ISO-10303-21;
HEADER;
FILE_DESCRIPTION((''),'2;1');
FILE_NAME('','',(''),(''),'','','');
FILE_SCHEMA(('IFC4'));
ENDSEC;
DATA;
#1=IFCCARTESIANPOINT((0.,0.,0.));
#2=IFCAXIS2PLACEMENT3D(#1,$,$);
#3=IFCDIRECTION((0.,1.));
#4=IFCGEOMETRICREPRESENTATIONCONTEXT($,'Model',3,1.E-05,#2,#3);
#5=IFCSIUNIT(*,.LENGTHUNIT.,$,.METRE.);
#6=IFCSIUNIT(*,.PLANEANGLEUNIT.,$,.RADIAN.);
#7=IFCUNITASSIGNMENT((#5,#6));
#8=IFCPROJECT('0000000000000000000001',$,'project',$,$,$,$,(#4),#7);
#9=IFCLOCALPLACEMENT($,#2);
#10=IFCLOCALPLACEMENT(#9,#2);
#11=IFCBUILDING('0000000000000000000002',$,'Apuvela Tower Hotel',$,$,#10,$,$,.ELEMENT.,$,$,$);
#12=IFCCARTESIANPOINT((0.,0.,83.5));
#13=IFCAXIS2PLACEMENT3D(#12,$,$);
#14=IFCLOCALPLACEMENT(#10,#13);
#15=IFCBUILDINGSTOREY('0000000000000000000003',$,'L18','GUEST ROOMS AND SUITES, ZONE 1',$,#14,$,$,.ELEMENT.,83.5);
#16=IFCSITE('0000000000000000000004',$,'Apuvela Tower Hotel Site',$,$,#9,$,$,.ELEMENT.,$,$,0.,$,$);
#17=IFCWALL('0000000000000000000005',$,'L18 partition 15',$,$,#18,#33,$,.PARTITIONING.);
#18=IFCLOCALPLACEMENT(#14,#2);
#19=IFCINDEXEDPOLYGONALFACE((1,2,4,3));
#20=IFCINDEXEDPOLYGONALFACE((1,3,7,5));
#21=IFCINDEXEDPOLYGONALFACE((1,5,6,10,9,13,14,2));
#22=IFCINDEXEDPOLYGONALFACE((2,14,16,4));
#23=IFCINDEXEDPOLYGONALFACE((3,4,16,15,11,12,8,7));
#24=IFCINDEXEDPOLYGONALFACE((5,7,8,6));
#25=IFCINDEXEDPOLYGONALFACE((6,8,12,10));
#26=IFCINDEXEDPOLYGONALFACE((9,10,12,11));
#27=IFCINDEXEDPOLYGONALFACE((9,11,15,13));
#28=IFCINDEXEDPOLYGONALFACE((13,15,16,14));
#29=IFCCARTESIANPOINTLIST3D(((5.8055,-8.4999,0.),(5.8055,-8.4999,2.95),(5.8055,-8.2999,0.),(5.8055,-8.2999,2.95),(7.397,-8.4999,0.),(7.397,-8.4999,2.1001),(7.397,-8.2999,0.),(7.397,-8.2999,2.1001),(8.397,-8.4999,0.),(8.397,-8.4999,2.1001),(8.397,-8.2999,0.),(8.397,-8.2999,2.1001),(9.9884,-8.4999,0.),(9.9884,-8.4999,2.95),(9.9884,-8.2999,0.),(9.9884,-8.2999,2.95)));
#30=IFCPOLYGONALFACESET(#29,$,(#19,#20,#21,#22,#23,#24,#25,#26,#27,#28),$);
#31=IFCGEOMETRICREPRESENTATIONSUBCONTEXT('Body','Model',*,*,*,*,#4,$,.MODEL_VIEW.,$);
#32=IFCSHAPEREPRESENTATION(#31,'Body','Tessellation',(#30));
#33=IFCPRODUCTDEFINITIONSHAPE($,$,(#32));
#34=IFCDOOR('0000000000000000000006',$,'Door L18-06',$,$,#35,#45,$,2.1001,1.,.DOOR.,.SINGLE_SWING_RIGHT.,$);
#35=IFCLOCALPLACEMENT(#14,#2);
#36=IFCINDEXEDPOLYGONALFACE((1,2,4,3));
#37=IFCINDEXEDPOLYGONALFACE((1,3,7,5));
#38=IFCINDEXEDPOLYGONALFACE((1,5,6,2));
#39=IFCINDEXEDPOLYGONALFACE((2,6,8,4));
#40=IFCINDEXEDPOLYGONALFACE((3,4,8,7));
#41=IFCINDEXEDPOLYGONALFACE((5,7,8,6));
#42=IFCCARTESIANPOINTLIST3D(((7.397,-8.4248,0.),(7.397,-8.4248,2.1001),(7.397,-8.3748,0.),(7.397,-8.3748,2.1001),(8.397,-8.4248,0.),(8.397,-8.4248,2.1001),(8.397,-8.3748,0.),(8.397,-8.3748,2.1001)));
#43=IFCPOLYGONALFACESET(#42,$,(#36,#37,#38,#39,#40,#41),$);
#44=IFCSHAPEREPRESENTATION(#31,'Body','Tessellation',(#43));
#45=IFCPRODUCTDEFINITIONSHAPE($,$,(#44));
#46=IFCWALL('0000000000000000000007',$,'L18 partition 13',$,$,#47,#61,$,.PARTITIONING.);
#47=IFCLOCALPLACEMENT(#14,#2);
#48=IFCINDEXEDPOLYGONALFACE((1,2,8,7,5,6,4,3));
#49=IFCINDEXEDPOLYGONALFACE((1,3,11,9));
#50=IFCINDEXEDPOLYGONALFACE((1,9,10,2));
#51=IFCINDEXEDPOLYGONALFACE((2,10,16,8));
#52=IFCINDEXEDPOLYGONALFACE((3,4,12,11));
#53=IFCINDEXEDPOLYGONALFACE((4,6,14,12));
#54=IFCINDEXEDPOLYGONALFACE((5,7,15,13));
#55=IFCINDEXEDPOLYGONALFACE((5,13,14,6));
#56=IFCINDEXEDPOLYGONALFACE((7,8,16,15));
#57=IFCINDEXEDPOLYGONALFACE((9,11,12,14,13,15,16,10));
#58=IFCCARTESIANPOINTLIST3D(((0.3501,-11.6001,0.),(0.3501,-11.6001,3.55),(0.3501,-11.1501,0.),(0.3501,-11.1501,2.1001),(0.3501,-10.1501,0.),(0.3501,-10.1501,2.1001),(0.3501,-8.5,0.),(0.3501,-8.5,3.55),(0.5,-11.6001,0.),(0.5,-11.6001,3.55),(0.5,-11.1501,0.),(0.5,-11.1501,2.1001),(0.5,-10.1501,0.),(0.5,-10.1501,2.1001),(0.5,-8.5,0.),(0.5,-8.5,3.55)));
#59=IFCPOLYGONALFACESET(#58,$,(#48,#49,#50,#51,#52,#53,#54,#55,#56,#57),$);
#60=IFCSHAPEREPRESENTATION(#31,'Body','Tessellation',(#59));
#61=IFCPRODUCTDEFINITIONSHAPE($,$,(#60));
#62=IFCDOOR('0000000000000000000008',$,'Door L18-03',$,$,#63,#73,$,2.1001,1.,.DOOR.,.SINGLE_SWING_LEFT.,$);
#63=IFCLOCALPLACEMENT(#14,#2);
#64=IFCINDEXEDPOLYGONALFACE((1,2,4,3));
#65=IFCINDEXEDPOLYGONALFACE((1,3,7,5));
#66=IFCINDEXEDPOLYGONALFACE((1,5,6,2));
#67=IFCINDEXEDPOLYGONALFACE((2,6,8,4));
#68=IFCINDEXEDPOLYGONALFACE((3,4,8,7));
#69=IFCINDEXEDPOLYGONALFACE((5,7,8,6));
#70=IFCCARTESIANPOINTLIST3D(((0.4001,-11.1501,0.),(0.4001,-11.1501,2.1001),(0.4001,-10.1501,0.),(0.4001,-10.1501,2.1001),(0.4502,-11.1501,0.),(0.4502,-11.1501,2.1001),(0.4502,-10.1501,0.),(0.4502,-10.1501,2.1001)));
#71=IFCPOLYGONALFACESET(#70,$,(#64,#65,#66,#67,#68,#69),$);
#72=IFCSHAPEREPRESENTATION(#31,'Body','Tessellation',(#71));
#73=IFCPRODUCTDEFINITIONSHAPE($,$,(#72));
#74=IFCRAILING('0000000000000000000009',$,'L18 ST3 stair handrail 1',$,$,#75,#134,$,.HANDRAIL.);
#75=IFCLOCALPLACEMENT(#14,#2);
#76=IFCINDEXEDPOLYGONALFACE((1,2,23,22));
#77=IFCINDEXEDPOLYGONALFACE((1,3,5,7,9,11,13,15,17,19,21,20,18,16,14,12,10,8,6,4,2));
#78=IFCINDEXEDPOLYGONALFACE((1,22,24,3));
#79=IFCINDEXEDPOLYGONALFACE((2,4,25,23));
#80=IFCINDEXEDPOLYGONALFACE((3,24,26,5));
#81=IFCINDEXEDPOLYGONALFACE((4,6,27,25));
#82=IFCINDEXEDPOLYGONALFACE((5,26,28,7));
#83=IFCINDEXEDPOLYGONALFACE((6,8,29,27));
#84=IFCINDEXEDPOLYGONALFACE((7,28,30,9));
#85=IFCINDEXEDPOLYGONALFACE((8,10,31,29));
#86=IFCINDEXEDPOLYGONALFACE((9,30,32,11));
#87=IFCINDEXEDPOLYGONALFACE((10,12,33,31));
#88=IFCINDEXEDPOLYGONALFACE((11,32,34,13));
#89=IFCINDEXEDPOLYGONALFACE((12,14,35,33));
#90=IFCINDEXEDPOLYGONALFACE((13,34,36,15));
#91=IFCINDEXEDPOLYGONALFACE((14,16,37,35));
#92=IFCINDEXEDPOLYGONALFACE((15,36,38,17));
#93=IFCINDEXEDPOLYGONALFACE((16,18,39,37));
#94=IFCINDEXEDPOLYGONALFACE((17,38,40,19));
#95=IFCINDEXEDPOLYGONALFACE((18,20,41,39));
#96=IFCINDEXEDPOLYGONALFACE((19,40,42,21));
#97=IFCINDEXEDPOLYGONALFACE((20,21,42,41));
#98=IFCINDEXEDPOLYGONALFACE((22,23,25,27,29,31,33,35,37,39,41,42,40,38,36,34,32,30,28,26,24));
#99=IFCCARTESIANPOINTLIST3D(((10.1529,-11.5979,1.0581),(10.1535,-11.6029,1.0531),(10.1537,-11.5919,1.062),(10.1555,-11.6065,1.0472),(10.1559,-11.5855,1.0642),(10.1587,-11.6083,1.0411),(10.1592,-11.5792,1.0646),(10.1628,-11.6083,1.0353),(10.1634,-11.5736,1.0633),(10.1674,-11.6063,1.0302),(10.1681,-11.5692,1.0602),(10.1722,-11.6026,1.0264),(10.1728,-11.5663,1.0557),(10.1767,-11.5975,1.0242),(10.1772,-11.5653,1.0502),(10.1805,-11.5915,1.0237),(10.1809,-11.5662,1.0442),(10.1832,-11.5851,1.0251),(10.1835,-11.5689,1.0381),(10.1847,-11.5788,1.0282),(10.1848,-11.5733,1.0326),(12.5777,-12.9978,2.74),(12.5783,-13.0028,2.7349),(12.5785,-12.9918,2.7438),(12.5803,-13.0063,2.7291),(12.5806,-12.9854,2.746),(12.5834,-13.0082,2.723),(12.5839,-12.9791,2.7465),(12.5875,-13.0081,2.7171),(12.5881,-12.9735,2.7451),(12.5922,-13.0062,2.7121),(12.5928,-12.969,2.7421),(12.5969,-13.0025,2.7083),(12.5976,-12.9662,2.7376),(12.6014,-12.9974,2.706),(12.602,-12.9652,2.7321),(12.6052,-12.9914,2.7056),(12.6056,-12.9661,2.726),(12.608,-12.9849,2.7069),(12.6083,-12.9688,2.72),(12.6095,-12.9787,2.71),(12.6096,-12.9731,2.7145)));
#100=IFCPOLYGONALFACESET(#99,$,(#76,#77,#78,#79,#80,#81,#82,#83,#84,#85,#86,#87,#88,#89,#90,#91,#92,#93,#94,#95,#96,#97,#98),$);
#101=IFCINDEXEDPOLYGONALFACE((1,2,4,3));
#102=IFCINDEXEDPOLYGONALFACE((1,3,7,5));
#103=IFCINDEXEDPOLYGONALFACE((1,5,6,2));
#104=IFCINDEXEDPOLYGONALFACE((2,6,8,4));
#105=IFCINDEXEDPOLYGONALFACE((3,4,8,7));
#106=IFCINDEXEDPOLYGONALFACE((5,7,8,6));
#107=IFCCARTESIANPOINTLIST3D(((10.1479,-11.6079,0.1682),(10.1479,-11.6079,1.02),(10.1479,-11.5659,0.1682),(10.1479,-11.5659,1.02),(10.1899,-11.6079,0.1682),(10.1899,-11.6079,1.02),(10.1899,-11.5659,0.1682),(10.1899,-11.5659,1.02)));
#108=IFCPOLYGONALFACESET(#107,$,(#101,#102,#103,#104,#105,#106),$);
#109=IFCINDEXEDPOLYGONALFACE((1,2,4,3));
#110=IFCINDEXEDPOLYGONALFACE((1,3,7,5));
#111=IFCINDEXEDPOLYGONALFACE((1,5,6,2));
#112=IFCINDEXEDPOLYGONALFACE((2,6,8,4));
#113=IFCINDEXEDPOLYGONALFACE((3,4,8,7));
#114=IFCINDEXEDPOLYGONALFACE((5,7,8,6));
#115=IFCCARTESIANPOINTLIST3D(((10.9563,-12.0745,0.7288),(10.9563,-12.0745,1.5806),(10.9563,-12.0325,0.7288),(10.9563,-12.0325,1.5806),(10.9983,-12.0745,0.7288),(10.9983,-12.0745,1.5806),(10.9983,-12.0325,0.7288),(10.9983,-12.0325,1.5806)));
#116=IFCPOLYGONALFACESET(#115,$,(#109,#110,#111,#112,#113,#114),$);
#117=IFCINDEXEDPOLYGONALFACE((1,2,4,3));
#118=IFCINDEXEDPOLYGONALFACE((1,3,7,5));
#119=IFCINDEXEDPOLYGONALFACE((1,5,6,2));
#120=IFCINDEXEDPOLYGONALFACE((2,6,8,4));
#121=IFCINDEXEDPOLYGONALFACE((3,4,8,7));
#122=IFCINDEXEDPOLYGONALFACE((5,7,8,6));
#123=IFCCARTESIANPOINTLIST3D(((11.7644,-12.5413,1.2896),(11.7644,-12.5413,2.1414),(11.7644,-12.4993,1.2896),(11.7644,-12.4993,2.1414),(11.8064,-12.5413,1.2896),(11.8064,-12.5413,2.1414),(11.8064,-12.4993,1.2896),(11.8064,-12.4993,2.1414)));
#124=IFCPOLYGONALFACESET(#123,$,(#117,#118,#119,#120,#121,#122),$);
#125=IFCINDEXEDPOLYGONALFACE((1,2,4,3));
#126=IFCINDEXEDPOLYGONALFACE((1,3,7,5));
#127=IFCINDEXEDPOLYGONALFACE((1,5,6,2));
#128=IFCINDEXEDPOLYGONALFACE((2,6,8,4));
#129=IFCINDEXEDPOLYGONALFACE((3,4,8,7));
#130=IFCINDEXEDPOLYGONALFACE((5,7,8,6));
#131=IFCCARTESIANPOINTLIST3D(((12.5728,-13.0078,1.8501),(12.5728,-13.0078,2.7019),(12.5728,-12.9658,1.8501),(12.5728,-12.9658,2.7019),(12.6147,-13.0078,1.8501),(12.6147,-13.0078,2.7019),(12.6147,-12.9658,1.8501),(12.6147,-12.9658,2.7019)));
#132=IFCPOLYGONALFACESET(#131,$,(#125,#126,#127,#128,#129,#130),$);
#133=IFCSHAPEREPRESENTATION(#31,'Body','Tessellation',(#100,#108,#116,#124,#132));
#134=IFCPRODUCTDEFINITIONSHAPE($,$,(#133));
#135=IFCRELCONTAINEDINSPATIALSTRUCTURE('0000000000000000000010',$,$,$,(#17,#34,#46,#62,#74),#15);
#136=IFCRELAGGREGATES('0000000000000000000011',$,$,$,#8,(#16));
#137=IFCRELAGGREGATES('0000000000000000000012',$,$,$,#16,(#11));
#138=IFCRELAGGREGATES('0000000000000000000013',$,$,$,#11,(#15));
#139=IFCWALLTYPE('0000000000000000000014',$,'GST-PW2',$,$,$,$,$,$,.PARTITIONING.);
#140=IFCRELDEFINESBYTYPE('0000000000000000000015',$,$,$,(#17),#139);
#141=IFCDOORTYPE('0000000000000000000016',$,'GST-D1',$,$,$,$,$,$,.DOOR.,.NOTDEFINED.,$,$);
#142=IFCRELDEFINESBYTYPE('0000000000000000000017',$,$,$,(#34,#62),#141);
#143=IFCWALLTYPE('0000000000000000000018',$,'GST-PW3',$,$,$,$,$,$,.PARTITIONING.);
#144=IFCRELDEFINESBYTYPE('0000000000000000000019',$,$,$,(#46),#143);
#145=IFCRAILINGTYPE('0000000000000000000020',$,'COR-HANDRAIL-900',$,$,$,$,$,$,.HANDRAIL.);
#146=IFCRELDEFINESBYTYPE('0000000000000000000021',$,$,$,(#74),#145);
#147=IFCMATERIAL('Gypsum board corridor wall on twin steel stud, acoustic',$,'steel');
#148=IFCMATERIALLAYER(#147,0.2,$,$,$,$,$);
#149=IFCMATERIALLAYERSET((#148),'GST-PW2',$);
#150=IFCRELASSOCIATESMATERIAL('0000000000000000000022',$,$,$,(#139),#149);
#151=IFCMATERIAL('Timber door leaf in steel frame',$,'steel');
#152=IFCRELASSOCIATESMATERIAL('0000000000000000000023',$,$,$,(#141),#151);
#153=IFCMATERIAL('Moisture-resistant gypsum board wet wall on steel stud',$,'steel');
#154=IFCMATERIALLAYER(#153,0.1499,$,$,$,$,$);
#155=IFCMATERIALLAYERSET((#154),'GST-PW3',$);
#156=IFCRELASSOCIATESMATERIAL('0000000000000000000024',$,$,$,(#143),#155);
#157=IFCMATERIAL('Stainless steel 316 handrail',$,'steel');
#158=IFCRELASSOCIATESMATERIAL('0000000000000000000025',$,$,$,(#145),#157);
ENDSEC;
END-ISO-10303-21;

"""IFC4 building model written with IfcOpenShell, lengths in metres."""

from ifc_helpers import new_model, si_unit, direction, frame, frame_2d, origin, origin_2d, place, context, subcontext, project, spatial, rectangle, circle, extrude, material, layer, layer_set, type_object, element, fill, save


model = new_model("IFC4")

# Units and contexts
model_context = context("Model", 3, precision=1e-05, world=origin(), true_north=direction((0.0, 1.0)))
body_context = subcontext(model_context, "Body", "Model", "MODEL_VIEW")
ifc_project = project(units=[si_unit("LENGTHUNIT", "METRE"), si_unit("PLANEANGLEUNIT", "RADIAN")], contexts=[model_context])

# Site, building, storey
site_placement = place(None, origin())
site = spatial("IfcSite", under=ifc_project, at=site_placement, Name="Apuvela Tower Hotel Site", CompositionType="ELEMENT", RefElevation=0.0)
building_placement = place(site_placement, origin())
building = spatial("IfcBuilding", under=site, at=building_placement, Name="Apuvela Tower Hotel", CompositionType="ELEMENT")
storey_placement = place(building_placement, frame((0.0, 0.0, 83.5)))
storey = spatial("IfcBuildingStorey", under=building, at=storey_placement, Name="L18", Description="GUEST ROOMS AND SUITES, ZONE 1", CompositionType="ELEMENT", Elevation=83.5)

# Walls, openings, doors
ifc_material_1 = material(Name="Gypsum board corridor wall on twin steel stud, acoustic", Category="steel")
ifc_layer_1 = layer(ifc_material_1, 0.2)
ifc_layer_set_1 = layer_set([ifc_layer_1], Name="GST-PW2")
wall_type_1 = type_object("IfcWallType", Name="GST-PW2", PredefinedType="PARTITIONING", material=ifc_layer_set_1)
ifc_material_2 = material(Name="Timber door leaf in steel frame", Category="steel")
door_type_1 = type_object("IfcDoorType", Name="GST-D1", OperationType="NOTDEFINED", PredefinedType="DOOR", material=ifc_material_2)
wall_1_placement = place(storey_placement, frame((9.9883, -8.3999, 0.0), z_axis=(0.0, 0.0, 1.0), x_axis=(-1.0, 0.0, 0.0)))
wall_1 = element("IfcWall", 1, at=wall_1_placement, inside=storey, type_object=wall_type_1, Name="L18 partition 15", PredefinedType="PARTITIONING", context=body_context, shape_type="SweptSolid", body=[
    extrude(rectangle(XDim=4.1829, YDim=0.2, at=frame_2d((2.0913, 0.0))), origin(), (0.0, 0.0, 1.0), 2.95),
])
opening_1_placement = place(wall_1_placement, frame((1.5913, 0.0, 0.0)))
opening_1 = element("IfcOpeningElement", 2, at=opening_1_placement, cuts=wall_1, PredefinedType="OPENING", context=body_context, shape_type="SweptSolid", body=[
    extrude(rectangle(XDim=1.0, YDim=2.1001, at=frame_2d((0.5, 1.05))), frame((0.0, 0.1099, 0.0), z_axis=(0.0, -1.0, 0.0), x_axis=(1.0, 0.0, 0.0)), (0.0, 0.0, 1.0), 0.22),
])
door_1_placement = place(opening_1_placement, origin())
door_1 = element("IfcDoor", 3, at=door_1_placement, inside=storey, type_object=door_type_1, Name="Door L18-06", OperationType="SINGLE_SWING_RIGHT", OverallHeight=2.1001, OverallWidth=1.0, PredefinedType="DOOR", context=body_context, shape_type="SweptSolid", body=[
    extrude(rectangle(XDim=1.0, YDim=2.1001, at=frame_2d((0.5, 1.05))), frame((0.0, 0.0249, 0.0), z_axis=(0.0, -1.0, 0.0), x_axis=(1.0, 0.0, 0.0)), (0.0, 0.0, 1.0), 0.05),
])
fill(opening_1, door_1)
ifc_material_3 = material(Name="Moisture-resistant gypsum board wet wall on steel stud", Category="steel")
ifc_layer_2 = layer(ifc_material_3, 0.1499)
ifc_layer_set_2 = layer_set([ifc_layer_2], Name="GST-PW3")
wall_type_2 = type_object("IfcWallType", Name="GST-PW3", PredefinedType="PARTITIONING", material=ifc_layer_set_2)
wall_2_placement = place(storey_placement, frame((0.425, -11.6001, 0.0), z_axis=(0.0, 0.0, 1.0), x_axis=(0.0, 1.0, 0.0)))
wall_2 = element("IfcWall", 4, at=wall_2_placement, inside=storey, type_object=wall_type_2, Name="L18 partition 13", PredefinedType="PARTITIONING", context=body_context, shape_type="SweptSolid", body=[
    extrude(rectangle(XDim=3.1001, YDim=0.1499, at=frame_2d((1.55, 0.0))), origin(), (0.0, 0.0, 1.0), 3.55),
])
opening_2_placement = place(wall_2_placement, frame((0.45, 0.0, 0.0)))
opening_2 = element("IfcOpeningElement", 5, at=opening_2_placement, cuts=wall_2, PredefinedType="OPENING", context=body_context, shape_type="SweptSolid", body=[
    extrude(rectangle(XDim=1.0, YDim=2.1001, at=frame_2d((0.5, 1.05))), frame((0.0, 0.085, 0.0), z_axis=(0.0, -1.0, 0.0), x_axis=(1.0, 0.0, 0.0)), (0.0, 0.0, 1.0), 0.1699),
])
door_2_placement = place(opening_2_placement, origin())
door_2 = element("IfcDoor", 6, at=door_2_placement, inside=storey, type_object=door_type_1, Name="Door L18-03", OperationType="SINGLE_SWING_LEFT", OverallHeight=2.1001, OverallWidth=1.0, PredefinedType="DOOR", context=body_context, shape_type="SweptSolid", body=[
    extrude(rectangle(XDim=1.0, YDim=2.1001, at=frame_2d((0.5, 1.05))), frame((0.0, 0.0249, 0.0), z_axis=(0.0, -1.0, 0.0), x_axis=(1.0, 0.0, 0.0)), (0.0, 0.0, 1.0), 0.05),
])
fill(opening_2, door_2)

# Railing
ifc_material_4 = material(Name="Stainless steel 316 handrail", Category="steel")
railing_type_1 = type_object("IfcRailingType", Name="COR-HANDRAIL-900", PredefinedType="HANDRAIL", material=ifc_material_4)
railing_1_placement = place(storey_placement, frame((10.1689, -11.5869, 0.1682)))
element("IfcRailing", 7, at=railing_1_placement, inside=storey, type_object=railing_type_1, Name="L18 ST3 stair handrail 1", PredefinedType="HANDRAIL", context=body_context, shape_type="SweptSolid", body=[
    extrude(circle(Radius=0.0239, at=origin_2d()), frame((0.0, 0.0, 0.876), z_axis=(0.74239, -0.428601, 0.514934), x_axis=(0.499984, 0.866035, 0.0)), (0.0, 0.0, 1.0), 3.2661),
    extrude(rectangle(XDim=0.042, YDim=0.042, at=origin_2d()), origin(), (0.0, 0.0, 1.0), 0.8518),
    extrude(rectangle(XDim=0.042, YDim=0.042, at=origin_2d()), frame((0.8083, -0.4666, 0.5605)), (0.0, 0.0, 1.0), 0.8518),
    extrude(rectangle(XDim=0.042, YDim=0.042, at=origin_2d()), frame((1.6165, -0.9333, 1.1213)), (0.0, 0.0, 1.0), 0.8518),
    extrude(rectangle(XDim=0.042, YDim=0.042, at=origin_2d()), frame((2.4248, -1.3999, 1.6819)), (0.0, 0.0, 1.0), 0.8518),
])

save(model, "model.ifc")
